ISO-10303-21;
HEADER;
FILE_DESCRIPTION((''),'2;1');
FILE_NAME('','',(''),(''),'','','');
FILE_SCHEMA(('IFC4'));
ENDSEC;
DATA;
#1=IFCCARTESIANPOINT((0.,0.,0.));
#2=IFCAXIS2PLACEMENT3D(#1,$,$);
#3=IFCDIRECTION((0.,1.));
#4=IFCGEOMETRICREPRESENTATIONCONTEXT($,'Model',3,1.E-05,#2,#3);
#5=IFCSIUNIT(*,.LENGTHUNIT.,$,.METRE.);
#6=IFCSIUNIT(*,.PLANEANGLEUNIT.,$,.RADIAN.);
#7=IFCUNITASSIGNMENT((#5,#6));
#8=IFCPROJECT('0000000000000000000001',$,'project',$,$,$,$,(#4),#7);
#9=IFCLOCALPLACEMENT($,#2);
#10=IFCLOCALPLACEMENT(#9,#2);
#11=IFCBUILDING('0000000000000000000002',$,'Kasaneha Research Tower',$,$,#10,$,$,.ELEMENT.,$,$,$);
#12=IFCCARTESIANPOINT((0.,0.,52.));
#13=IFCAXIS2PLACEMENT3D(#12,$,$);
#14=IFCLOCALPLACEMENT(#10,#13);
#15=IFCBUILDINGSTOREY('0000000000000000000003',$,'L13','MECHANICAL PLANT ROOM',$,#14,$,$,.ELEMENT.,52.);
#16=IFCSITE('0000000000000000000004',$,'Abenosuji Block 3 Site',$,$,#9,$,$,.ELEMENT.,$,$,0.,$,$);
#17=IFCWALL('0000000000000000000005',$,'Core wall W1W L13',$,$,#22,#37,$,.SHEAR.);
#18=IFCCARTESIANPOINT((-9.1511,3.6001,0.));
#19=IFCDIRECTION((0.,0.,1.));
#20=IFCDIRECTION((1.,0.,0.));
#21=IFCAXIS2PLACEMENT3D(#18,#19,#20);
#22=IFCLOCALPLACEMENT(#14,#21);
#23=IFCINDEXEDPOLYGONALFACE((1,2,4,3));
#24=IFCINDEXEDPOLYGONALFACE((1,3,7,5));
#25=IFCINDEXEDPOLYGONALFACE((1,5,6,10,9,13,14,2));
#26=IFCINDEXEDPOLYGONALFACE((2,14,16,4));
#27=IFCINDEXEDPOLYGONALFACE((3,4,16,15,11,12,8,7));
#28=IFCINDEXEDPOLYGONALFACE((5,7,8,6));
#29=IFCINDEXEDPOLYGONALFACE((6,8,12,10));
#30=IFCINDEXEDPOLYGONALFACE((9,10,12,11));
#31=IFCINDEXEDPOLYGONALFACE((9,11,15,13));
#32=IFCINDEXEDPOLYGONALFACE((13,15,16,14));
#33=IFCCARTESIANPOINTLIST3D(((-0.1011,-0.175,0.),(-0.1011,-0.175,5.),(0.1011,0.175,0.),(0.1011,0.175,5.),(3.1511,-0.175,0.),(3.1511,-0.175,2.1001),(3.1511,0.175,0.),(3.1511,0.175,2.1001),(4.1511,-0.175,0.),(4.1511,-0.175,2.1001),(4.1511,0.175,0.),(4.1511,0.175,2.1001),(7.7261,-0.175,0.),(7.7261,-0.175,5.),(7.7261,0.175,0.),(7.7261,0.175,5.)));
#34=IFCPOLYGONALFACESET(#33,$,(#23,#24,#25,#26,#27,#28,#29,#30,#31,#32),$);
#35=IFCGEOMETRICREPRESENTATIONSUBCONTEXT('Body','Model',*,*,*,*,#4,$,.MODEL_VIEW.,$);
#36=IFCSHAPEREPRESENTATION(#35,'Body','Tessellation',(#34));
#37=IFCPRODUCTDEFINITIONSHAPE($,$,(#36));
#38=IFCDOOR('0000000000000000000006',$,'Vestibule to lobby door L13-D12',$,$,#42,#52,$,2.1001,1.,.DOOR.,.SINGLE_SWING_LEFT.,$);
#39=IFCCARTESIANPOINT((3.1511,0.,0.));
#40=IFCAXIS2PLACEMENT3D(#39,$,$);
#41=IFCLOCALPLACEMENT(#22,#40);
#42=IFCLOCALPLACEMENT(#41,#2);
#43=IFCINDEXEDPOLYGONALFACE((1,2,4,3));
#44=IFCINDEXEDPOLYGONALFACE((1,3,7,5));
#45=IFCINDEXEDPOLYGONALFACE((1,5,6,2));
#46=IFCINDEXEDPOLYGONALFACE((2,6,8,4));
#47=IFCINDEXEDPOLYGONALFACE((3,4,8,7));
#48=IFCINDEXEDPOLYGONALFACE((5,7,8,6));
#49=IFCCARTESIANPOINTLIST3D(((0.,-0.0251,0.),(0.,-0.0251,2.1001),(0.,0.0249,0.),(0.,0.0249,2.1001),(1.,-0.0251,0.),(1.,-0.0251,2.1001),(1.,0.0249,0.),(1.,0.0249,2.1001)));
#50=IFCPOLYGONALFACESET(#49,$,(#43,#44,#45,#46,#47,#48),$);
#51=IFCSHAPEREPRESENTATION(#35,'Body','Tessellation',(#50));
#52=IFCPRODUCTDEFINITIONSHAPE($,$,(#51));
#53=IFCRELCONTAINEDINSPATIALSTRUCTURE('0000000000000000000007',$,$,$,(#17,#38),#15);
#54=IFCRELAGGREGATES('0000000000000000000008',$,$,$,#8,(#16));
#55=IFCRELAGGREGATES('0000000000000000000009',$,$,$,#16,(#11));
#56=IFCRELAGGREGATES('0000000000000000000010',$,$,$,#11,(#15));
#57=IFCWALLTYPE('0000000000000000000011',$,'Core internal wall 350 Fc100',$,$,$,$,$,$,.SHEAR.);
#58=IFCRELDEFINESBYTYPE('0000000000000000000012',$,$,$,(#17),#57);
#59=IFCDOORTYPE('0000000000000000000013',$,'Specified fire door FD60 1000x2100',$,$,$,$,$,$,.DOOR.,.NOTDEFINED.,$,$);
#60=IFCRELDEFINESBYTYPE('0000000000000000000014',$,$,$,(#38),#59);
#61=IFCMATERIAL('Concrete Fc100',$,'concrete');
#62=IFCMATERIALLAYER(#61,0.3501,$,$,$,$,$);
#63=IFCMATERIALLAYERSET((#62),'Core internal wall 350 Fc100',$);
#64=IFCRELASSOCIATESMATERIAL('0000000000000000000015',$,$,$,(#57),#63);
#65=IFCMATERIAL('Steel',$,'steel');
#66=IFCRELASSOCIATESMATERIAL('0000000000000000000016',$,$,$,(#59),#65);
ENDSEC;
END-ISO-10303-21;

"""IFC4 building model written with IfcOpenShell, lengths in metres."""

from ifc_helpers import new_model, si_unit, direction, frame, frame_2d, origin, place, context, subcontext, project, spatial, polyline, rectangle, outline, extrude, material, layer, layer_set, type_object, element, fill, save


model = new_model("IFC4")

# Units and contexts
model_context = context("Model", 3, precision=1e-05, world=origin(), true_north=direction((0.0, 1.0)))
body_context = subcontext(model_context, "Body", "Model", "MODEL_VIEW")
ifc_project = project(units=[si_unit("LENGTHUNIT", "METRE"), si_unit("PLANEANGLEUNIT", "RADIAN")], contexts=[model_context])

# Site, building, storey
site_placement = place(None, origin())
site = spatial("IfcSite", under=ifc_project, at=site_placement, Name="Abenosuji Block 3 Site", CompositionType="ELEMENT", RefElevation=0.0)
building_placement = place(site_placement, origin())
building = spatial("IfcBuilding", under=site, at=building_placement, Name="Kasaneha Research Tower", CompositionType="ELEMENT")
storey_placement = place(building_placement, frame((0.0, 0.0, 52.0)))
storey = spatial("IfcBuildingStorey", under=building, at=storey_placement, Name="L13", Description="MECHANICAL PLANT ROOM", CompositionType="ELEMENT", Elevation=52.0)

# Wall, opening, door
ifc_material_1 = material(Name="Concrete Fc100", Category="concrete")
ifc_layer_1 = layer(ifc_material_1, 0.3501)
ifc_layer_set_1 = layer_set([ifc_layer_1], Name="Core internal wall 350 Fc100")
wall_type_1 = type_object("IfcWallType", Name="Core internal wall 350 Fc100", PredefinedType="SHEAR", material=ifc_layer_set_1)
wall_1_placement = place(storey_placement, frame((-9.1511, 3.6001, 0.0), z_axis=(0.0, 0.0, 1.0), x_axis=(1.0, 0.0, 0.0)))
wall_1 = element("IfcWall", 1, at=wall_1_placement, inside=storey, type_object=wall_type_1, Name="Core wall W1W L13", PredefinedType="SHEAR", context=body_context, shape_type="SweptSolid", body=[
    extrude(outline(polyline([(-0.1011, -0.175), (3.1511, -0.175), (4.1511, -0.175), (7.7261, -0.175), (7.7261, 0.175), (4.1511, 0.175), (3.1511, 0.175), (0.1011, 0.175), (-0.1011, -0.175)])), origin(), (0.0, 0.0, 1.0), 5.0),
])
opening_1_placement = place(wall_1_placement, frame((3.1511, 0.0, 0.0)))
opening_1 = element("IfcOpeningElement", 2, at=opening_1_placement, cuts=wall_1, PredefinedType="OPENING", context=body_context, shape_type="SweptSolid", body=[
    extrude(rectangle(XDim=1.0, YDim=2.1001, at=frame_2d((0.5, 1.05))), frame((0.0, 0.1851, 0.0), z_axis=(0.0, -1.0, 0.0), x_axis=(1.0, 0.0, 0.0)), (0.0, 0.0, 1.0), 0.3701),
])
ifc_material_2 = material(Name="Steel", Category="steel")
door_type_1 = type_object("IfcDoorType", Name="Specified fire door FD60 1000x2100", OperationType="NOTDEFINED", PredefinedType="DOOR", material=ifc_material_2)
door_1_placement = place(opening_1_placement, origin())
door_1 = element("IfcDoor", 3, at=door_1_placement, inside=storey, type_object=door_type_1, Name="Vestibule to lobby door L13-D12", OperationType="SINGLE_SWING_LEFT", OverallHeight=2.1001, OverallWidth=1.0, PredefinedType="DOOR", context=body_context, shape_type="SweptSolid", body=[
    extrude(rectangle(XDim=1.0, YDim=2.1001, at=frame_2d((0.5, 1.05))), frame((0.0, 0.0249, 0.0), z_axis=(0.0, -1.0, 0.0), x_axis=(1.0, 0.0, 0.0)), (0.0, 0.0, 1.0), 0.05),
])
fill(opening_1, door_1)

save(model, "model.ifc")
